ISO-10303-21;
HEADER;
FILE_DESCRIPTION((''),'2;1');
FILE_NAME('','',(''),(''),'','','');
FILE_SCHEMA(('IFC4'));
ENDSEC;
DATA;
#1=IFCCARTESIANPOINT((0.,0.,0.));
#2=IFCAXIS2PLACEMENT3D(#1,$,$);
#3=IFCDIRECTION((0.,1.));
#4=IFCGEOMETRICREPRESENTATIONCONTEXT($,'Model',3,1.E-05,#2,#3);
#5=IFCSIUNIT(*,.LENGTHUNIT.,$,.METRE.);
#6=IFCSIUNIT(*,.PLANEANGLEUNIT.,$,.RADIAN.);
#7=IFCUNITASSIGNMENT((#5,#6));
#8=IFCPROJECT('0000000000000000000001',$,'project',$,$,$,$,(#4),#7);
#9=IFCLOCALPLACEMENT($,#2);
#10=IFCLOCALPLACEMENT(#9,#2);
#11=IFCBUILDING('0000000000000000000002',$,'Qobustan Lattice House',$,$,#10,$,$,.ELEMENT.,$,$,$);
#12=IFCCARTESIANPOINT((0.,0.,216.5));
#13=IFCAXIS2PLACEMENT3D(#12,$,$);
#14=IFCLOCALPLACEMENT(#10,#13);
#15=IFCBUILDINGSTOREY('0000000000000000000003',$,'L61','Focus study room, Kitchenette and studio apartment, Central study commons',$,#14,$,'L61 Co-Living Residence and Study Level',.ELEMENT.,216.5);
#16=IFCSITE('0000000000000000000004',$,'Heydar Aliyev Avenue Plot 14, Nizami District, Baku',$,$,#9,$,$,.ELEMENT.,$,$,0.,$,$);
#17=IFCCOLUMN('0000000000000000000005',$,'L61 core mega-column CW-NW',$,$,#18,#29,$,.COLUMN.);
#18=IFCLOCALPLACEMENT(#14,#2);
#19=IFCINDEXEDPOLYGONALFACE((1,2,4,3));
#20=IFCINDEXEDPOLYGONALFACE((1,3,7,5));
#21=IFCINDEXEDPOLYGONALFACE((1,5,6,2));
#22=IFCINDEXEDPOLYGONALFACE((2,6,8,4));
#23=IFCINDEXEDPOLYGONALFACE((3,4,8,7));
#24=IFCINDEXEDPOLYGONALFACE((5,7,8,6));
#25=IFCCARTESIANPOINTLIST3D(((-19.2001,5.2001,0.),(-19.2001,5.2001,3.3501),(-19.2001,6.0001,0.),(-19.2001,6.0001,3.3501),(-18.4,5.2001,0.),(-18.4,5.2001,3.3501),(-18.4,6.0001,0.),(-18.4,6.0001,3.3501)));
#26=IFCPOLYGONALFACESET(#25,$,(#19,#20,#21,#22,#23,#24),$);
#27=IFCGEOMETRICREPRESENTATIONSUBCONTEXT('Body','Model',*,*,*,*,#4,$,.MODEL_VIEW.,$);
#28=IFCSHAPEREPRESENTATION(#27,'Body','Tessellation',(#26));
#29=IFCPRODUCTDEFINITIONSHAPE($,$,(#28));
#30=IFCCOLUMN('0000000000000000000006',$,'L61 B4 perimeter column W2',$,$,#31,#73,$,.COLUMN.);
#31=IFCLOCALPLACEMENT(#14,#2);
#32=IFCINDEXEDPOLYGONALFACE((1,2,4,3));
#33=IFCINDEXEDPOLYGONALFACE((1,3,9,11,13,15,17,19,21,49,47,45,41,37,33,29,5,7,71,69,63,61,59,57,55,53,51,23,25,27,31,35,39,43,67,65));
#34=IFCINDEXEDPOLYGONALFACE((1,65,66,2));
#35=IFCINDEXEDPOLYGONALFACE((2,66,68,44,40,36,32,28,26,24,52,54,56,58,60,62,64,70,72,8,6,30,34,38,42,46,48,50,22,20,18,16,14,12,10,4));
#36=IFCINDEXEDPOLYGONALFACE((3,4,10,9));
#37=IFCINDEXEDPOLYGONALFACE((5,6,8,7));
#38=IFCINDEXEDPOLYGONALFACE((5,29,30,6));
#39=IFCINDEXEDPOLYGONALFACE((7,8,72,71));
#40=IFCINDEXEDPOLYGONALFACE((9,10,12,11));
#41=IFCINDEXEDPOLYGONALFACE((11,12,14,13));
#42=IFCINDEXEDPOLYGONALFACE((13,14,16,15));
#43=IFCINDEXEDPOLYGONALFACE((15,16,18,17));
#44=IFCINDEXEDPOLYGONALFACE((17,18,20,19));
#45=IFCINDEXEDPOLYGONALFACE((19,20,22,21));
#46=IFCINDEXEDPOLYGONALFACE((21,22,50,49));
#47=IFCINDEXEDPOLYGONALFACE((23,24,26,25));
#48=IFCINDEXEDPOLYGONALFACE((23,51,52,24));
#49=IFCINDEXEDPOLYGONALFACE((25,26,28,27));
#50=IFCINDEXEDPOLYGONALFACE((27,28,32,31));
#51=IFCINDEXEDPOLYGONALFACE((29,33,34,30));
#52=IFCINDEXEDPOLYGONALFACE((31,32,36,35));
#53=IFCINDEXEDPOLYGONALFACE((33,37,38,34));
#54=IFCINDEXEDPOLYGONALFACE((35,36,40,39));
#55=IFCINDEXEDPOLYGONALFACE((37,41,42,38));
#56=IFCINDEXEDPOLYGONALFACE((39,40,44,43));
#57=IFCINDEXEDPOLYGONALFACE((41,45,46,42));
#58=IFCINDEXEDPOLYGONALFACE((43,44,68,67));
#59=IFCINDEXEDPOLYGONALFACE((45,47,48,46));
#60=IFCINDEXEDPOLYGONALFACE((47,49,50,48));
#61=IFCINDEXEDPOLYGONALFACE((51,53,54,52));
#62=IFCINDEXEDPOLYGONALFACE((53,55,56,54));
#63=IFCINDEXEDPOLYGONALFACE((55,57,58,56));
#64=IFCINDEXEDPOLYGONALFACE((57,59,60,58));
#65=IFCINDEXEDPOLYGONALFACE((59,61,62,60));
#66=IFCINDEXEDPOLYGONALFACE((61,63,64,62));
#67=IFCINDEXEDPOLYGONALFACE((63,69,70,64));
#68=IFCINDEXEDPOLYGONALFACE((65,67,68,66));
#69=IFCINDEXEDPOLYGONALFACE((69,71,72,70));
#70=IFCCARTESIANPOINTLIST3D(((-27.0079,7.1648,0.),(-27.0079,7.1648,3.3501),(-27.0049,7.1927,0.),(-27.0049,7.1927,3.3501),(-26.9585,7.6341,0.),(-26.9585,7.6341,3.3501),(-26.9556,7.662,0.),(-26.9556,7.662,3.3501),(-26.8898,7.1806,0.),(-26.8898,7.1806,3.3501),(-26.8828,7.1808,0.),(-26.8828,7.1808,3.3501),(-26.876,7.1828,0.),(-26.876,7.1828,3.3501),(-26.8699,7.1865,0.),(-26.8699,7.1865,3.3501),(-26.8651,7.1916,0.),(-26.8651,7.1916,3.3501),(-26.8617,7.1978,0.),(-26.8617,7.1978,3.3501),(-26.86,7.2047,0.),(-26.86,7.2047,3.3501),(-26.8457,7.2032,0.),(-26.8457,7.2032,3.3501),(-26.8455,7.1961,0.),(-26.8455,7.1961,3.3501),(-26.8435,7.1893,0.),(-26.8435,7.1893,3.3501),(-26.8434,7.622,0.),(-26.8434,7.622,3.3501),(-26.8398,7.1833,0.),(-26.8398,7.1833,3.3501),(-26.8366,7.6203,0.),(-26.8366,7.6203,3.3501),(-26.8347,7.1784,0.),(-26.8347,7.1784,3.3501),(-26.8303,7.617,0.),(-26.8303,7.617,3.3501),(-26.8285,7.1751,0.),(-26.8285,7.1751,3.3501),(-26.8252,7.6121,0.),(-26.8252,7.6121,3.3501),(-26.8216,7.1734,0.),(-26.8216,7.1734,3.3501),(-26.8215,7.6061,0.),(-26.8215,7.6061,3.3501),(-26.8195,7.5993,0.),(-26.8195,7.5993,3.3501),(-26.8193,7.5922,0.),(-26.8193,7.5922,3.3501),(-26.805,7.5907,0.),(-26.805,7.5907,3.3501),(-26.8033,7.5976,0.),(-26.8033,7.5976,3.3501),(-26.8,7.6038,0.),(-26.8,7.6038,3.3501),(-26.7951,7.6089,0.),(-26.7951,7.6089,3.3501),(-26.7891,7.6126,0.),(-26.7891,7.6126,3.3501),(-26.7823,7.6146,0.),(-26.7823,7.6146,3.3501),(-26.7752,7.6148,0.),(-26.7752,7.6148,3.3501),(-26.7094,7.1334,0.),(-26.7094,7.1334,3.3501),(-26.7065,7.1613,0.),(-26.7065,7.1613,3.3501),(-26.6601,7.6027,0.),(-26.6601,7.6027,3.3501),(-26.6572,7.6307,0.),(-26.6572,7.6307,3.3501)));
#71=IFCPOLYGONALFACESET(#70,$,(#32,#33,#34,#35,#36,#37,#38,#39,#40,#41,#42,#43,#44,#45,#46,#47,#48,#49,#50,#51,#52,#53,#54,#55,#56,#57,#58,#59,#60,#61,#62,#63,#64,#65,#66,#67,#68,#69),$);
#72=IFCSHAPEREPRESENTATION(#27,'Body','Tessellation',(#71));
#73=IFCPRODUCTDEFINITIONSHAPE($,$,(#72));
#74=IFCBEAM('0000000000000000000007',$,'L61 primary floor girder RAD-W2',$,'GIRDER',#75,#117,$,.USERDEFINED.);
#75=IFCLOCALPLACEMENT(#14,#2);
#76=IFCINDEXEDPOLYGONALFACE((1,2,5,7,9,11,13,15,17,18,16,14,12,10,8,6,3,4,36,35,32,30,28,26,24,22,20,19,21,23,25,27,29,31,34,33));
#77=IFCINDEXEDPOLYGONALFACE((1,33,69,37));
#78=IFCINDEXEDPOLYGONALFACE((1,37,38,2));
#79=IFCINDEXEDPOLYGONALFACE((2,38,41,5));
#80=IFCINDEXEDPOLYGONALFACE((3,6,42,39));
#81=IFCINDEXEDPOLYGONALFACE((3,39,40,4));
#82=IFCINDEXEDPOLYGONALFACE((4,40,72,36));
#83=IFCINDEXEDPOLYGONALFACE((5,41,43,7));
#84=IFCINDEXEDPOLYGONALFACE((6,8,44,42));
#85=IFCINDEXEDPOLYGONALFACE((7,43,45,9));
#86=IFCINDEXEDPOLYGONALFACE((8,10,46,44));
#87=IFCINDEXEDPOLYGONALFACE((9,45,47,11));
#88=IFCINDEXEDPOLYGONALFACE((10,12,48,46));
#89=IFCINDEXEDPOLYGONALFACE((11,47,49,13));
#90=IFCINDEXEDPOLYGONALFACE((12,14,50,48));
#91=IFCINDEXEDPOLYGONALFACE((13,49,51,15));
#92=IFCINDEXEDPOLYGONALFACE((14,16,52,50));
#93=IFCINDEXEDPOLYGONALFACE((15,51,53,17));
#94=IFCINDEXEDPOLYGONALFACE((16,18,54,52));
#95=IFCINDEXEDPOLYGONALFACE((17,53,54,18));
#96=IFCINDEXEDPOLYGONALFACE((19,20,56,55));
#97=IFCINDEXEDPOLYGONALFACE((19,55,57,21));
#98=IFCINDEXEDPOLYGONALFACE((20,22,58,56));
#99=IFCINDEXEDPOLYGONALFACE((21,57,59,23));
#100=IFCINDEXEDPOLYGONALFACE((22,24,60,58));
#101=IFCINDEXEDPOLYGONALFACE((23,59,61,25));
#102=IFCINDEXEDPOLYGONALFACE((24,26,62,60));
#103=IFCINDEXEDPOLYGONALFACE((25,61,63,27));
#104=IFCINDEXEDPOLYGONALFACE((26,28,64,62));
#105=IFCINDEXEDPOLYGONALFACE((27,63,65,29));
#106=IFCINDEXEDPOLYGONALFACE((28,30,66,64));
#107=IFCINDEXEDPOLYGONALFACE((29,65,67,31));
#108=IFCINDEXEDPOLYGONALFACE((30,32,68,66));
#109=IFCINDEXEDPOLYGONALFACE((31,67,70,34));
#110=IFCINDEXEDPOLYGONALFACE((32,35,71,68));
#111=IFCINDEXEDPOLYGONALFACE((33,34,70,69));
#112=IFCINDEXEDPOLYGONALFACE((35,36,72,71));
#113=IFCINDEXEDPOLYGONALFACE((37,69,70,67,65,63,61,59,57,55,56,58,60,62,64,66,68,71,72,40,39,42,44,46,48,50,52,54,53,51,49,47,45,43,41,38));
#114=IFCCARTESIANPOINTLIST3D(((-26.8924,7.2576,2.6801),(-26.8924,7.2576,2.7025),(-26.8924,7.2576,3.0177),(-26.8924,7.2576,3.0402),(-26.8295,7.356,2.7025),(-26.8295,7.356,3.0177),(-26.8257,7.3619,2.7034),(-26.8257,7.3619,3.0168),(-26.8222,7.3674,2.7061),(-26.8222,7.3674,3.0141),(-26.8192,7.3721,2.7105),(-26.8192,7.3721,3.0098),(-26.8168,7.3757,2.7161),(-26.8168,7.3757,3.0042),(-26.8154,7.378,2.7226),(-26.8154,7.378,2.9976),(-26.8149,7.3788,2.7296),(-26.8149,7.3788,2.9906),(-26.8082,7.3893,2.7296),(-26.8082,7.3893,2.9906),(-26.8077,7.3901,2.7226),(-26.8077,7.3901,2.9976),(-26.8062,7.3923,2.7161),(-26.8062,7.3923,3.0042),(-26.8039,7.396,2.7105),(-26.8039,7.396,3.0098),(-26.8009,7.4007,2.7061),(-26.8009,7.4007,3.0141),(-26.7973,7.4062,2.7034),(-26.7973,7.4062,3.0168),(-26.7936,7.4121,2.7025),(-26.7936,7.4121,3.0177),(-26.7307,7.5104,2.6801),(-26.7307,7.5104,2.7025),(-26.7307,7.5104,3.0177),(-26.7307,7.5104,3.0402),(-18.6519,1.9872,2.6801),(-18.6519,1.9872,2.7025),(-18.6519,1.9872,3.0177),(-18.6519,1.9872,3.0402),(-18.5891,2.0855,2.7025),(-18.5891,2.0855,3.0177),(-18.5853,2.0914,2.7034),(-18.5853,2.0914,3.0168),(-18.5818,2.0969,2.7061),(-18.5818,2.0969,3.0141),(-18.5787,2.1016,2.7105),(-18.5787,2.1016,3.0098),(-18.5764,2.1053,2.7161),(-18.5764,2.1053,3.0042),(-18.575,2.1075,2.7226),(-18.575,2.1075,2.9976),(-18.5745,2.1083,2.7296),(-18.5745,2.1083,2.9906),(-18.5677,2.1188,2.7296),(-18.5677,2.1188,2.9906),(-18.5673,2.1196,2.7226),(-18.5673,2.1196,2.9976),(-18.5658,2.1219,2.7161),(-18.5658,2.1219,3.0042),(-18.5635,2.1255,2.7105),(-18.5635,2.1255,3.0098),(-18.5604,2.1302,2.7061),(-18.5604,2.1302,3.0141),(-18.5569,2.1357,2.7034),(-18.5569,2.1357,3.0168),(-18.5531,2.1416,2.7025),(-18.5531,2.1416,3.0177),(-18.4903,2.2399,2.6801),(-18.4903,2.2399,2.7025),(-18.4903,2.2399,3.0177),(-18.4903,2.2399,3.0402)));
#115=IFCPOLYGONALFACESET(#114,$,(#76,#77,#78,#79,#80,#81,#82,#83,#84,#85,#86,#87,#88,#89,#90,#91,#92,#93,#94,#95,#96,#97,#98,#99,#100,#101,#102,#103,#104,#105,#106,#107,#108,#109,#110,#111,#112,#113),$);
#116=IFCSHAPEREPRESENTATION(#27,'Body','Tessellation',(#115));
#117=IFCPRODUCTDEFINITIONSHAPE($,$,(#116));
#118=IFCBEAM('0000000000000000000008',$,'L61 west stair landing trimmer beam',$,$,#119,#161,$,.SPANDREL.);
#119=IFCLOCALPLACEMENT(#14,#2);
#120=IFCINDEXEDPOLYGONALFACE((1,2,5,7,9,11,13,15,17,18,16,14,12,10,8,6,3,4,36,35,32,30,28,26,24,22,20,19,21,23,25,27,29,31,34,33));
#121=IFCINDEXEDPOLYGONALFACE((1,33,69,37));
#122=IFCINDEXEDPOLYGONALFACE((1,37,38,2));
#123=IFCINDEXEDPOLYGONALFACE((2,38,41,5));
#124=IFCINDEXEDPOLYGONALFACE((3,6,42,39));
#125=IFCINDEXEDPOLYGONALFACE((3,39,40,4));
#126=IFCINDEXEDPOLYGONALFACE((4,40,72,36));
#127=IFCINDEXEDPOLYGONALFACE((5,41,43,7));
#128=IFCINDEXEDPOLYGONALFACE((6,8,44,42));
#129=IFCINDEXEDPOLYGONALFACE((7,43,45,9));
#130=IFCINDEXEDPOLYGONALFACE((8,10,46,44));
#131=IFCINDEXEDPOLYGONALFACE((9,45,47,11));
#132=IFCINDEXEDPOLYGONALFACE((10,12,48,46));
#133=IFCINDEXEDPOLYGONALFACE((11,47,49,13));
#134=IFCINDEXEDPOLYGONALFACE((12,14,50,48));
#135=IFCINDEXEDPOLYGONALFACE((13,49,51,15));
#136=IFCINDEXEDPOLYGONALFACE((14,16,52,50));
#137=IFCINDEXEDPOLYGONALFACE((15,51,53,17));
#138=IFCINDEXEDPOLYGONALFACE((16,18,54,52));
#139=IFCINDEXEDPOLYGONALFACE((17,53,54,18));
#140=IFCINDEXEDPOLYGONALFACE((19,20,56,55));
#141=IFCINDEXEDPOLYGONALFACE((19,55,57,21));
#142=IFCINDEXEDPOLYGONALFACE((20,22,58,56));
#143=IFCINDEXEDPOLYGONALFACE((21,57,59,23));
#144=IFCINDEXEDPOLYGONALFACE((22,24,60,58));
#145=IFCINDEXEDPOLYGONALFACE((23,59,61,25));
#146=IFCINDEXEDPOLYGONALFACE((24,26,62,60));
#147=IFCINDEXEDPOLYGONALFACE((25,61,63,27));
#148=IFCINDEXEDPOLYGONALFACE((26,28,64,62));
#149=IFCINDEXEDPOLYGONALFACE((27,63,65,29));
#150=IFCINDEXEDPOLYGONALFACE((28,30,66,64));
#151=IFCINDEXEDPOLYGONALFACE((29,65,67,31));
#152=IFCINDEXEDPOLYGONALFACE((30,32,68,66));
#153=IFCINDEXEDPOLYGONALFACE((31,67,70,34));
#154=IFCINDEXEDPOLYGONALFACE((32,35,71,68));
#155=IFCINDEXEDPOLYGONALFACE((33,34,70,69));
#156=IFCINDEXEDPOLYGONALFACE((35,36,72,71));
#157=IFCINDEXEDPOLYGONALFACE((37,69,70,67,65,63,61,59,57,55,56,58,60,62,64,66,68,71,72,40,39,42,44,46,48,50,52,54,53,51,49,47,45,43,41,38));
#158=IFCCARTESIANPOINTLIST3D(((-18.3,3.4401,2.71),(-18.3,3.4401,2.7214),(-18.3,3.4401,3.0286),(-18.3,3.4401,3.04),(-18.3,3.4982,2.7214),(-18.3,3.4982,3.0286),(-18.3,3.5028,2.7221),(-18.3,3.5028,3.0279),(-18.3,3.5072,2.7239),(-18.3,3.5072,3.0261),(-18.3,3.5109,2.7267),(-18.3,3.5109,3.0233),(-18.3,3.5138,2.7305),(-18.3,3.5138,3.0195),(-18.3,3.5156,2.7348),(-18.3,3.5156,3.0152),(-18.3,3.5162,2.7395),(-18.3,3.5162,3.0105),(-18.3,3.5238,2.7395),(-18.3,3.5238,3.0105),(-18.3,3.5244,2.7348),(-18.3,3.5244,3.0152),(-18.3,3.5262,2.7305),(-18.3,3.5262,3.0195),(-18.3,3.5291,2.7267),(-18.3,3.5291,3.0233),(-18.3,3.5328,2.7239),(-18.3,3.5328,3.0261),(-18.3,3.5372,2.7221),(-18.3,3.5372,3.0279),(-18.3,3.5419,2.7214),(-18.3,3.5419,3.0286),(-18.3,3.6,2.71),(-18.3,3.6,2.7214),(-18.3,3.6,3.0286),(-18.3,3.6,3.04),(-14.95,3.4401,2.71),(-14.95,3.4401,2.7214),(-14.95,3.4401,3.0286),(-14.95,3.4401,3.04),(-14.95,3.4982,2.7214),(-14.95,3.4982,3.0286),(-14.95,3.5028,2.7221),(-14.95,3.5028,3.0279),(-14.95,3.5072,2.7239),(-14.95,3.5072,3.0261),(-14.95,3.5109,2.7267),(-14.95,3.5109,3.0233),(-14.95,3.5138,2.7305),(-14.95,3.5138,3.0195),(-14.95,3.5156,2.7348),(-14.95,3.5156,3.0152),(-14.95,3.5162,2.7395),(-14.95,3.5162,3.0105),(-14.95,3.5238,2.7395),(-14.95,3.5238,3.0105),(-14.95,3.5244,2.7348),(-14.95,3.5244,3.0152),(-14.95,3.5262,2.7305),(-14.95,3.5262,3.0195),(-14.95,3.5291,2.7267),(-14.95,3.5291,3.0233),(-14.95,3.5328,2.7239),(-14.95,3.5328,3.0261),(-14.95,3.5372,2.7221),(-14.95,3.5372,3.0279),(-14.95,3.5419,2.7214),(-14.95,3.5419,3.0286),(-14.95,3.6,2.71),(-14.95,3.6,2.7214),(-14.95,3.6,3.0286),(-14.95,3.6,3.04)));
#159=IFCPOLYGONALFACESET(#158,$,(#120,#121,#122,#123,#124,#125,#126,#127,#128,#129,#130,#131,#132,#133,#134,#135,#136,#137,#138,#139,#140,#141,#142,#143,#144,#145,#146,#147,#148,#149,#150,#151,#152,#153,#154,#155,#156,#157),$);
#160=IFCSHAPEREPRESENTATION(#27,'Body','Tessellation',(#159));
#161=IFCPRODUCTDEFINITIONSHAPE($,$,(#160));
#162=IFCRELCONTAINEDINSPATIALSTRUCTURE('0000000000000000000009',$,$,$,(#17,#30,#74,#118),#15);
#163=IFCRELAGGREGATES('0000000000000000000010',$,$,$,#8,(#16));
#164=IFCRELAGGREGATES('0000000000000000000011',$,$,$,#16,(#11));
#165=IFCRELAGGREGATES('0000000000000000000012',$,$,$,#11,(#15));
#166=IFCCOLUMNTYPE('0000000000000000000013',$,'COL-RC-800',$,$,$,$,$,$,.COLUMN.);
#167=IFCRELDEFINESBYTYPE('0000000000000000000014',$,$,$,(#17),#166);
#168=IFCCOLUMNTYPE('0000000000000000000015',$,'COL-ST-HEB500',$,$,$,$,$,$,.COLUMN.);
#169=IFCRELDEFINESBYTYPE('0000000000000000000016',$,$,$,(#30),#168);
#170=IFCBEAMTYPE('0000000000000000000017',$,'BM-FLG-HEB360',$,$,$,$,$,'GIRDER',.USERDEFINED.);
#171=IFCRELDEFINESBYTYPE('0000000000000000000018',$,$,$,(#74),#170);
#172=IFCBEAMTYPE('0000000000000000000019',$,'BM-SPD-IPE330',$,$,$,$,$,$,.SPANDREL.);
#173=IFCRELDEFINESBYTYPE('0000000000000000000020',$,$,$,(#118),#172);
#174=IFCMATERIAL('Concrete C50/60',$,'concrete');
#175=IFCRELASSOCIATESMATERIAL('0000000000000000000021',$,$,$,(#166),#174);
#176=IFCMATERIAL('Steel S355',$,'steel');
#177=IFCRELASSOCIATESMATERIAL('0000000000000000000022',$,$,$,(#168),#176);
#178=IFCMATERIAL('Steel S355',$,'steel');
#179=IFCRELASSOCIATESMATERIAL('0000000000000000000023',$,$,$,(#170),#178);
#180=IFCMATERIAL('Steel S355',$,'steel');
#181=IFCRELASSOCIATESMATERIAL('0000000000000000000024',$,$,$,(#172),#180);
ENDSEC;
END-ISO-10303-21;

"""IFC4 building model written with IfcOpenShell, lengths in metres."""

from ifc_helpers import new_model, si_unit, direction, frame, origin, origin_2d, place, context, subcontext, project, spatial, rectangle, i_section, extrude, material, material_profile, profile_set, type_object, element, save


model = new_model("IFC4")

# Units and contexts
model_context = context("Model", 3, precision=1e-05, world=origin(), true_north=direction((0.0, 1.0)))
body_context = subcontext(model_context, "Body", "Model", "MODEL_VIEW")
ifc_project = project(units=[si_unit("LENGTHUNIT", "METRE"), si_unit("PLANEANGLEUNIT", "RADIAN")], contexts=[model_context])

# Site, building, storey
site_placement = place(None, origin())
site = spatial("IfcSite", under=ifc_project, at=site_placement, Name="Heydar Aliyev Avenue Plot 14, Nizami District, Baku", CompositionType="ELEMENT", RefElevation=0.0)
building_placement = place(site_placement, origin())
building = spatial("IfcBuilding", under=site, at=building_placement, Name="Qobustan Lattice House", CompositionType="ELEMENT")
storey_placement = place(building_placement, frame((0.0, 0.0, 216.5)))
storey = spatial("IfcBuildingStorey", under=building, at=storey_placement, Name="L61", Description="Focus study room, Kitchenette and studio apartment, Central study commons", LongName="L61 Co-Living Residence and Study Level", CompositionType="ELEMENT", Elevation=216.5)

# Columns
ifc_material_1 = material(Name="Concrete C50/60", Category="concrete")
ifc_material_profile_1 = material_profile(ifc_material_1, rectangle(XDim=0.8, YDim=0.8, at=origin_2d()), Name="RC800x800")
ifc_profile_set_1 = profile_set([ifc_material_profile_1], Name="Concrete C50/60")
column_type_1 = type_object("IfcColumnType", Name="COL-RC-800", PredefinedType="COLUMN", material=ifc_profile_set_1)
column_1_placement = place(storey_placement, frame((-18.8, 5.6001, 0.0), z_axis=(0.0, 0.0, 1.0), x_axis=(1.0, 0.0, 0.0)))
element("IfcColumn", 1, at=column_1_placement, inside=storey, type_object=column_type_1, Name="L61 core mega-column CW-NW", PredefinedType="COLUMN", context=body_context, shape_type="SweptSolid", body=[
    extrude(rectangle(XDim=0.8, YDim=0.8, at=origin_2d()), origin(), (0.0, 0.0, 1.0), 3.3501),
])
ifc_material_2 = material(Name="Steel S355", Category="steel")
ifc_material_profile_2 = material_profile(ifc_material_2, i_section(OverallWidth=0.3, OverallDepth=0.5, WebThickness=0.0144, FlangeThickness=0.0281, FilletRadius=0.0271, at=origin_2d()), Name="HEB500")
ifc_profile_set_2 = profile_set([ifc_material_profile_2], Name="Steel S355")
column_type_2 = type_object("IfcColumnType", Name="COL-ST-HEB500", PredefinedType="COLUMN", material=ifc_profile_set_2)
column_2_placement = place(storey_placement, frame((-26.8325, 7.3977, 0.0), z_axis=(0.0, 0.0, 1.0), x_axis=(0.994522, -0.104528, 0.0)))
element("IfcColumn", 2, at=column_2_placement, inside=storey, type_object=column_type_2, Name="L61 B4 perimeter column W2", PredefinedType="COLUMN", context=body_context, shape_type="SweptSolid", body=[
    extrude(i_section(OverallWidth=0.3, OverallDepth=0.5, WebThickness=0.0144, FlangeThickness=0.0281, FilletRadius=0.0271, at=origin_2d()), origin(), (0.0, 0.0, 1.0), 3.3501),
])

# Beams
ifc_material_3 = material(Name="Steel S355", Category="steel")
ifc_material_profile_3 = material_profile(ifc_material_3, i_section(OverallWidth=0.3, OverallDepth=0.3601, WebThickness=0.0125, FlangeThickness=0.0225, FilletRadius=0.0271, at=origin_2d()), Name="HEB360")
ifc_profile_set_3 = profile_set([ifc_material_profile_3], Name="Steel S355")
beam_type_1 = type_object("IfcBeamType", Name="BM-FLG-HEB360", ElementType="GIRDER", PredefinedType="USERDEFINED", material=ifc_profile_set_3)
beam_1_placement = place(storey_placement, frame((-26.8115, 7.384, 2.8601), z_axis=(0.842429, -0.538807, 0.0), x_axis=(0.538807, 0.842429, 0.0)))
element("IfcBeam", 3, at=beam_1_placement, inside=storey, type_object=beam_type_1, Name="L61 primary floor girder RAD-W2", ObjectType="GIRDER", PredefinedType="USERDEFINED", context=body_context, shape_type="SweptSolid", body=[
    extrude(i_section(OverallWidth=0.3, OverallDepth=0.3601, WebThickness=0.0125, FlangeThickness=0.0225, FilletRadius=0.0271, at=origin_2d()), origin(), (0.0, 0.0, 1.0), 9.7817),
])
ifc_material_4 = material(Name="Steel S355", Category="steel")
ifc_material_profile_4 = material_profile(ifc_material_4, i_section(OverallWidth=0.1599, OverallDepth=0.3301, WebThickness=0.0076, FlangeThickness=0.0115, FilletRadius=0.0181, at=origin_2d()), Name="IPE330")
ifc_profile_set_4 = profile_set([ifc_material_profile_4], Name="Steel S355")
beam_type_2 = type_object("IfcBeamType", Name="BM-SPD-IPE330", PredefinedType="SPANDREL", material=ifc_profile_set_4)
beam_2_placement = place(storey_placement, frame((-18.3, 3.52, 2.875), z_axis=(1.0, 0.0, 0.0), x_axis=(0.0, 1.0, 0.0)))
element("IfcBeam", 4, at=beam_2_placement, inside=storey, type_object=beam_type_2, Name="L61 west stair landing trimmer beam", PredefinedType="SPANDREL", context=body_context, shape_type="SweptSolid", body=[
    extrude(i_section(OverallWidth=0.1599, OverallDepth=0.3301, WebThickness=0.0076, FlangeThickness=0.0115, FilletRadius=0.0181, at=origin_2d()), origin(), (0.0, 0.0, 1.0), 3.3501),
])

save(model, "model.ifc")
